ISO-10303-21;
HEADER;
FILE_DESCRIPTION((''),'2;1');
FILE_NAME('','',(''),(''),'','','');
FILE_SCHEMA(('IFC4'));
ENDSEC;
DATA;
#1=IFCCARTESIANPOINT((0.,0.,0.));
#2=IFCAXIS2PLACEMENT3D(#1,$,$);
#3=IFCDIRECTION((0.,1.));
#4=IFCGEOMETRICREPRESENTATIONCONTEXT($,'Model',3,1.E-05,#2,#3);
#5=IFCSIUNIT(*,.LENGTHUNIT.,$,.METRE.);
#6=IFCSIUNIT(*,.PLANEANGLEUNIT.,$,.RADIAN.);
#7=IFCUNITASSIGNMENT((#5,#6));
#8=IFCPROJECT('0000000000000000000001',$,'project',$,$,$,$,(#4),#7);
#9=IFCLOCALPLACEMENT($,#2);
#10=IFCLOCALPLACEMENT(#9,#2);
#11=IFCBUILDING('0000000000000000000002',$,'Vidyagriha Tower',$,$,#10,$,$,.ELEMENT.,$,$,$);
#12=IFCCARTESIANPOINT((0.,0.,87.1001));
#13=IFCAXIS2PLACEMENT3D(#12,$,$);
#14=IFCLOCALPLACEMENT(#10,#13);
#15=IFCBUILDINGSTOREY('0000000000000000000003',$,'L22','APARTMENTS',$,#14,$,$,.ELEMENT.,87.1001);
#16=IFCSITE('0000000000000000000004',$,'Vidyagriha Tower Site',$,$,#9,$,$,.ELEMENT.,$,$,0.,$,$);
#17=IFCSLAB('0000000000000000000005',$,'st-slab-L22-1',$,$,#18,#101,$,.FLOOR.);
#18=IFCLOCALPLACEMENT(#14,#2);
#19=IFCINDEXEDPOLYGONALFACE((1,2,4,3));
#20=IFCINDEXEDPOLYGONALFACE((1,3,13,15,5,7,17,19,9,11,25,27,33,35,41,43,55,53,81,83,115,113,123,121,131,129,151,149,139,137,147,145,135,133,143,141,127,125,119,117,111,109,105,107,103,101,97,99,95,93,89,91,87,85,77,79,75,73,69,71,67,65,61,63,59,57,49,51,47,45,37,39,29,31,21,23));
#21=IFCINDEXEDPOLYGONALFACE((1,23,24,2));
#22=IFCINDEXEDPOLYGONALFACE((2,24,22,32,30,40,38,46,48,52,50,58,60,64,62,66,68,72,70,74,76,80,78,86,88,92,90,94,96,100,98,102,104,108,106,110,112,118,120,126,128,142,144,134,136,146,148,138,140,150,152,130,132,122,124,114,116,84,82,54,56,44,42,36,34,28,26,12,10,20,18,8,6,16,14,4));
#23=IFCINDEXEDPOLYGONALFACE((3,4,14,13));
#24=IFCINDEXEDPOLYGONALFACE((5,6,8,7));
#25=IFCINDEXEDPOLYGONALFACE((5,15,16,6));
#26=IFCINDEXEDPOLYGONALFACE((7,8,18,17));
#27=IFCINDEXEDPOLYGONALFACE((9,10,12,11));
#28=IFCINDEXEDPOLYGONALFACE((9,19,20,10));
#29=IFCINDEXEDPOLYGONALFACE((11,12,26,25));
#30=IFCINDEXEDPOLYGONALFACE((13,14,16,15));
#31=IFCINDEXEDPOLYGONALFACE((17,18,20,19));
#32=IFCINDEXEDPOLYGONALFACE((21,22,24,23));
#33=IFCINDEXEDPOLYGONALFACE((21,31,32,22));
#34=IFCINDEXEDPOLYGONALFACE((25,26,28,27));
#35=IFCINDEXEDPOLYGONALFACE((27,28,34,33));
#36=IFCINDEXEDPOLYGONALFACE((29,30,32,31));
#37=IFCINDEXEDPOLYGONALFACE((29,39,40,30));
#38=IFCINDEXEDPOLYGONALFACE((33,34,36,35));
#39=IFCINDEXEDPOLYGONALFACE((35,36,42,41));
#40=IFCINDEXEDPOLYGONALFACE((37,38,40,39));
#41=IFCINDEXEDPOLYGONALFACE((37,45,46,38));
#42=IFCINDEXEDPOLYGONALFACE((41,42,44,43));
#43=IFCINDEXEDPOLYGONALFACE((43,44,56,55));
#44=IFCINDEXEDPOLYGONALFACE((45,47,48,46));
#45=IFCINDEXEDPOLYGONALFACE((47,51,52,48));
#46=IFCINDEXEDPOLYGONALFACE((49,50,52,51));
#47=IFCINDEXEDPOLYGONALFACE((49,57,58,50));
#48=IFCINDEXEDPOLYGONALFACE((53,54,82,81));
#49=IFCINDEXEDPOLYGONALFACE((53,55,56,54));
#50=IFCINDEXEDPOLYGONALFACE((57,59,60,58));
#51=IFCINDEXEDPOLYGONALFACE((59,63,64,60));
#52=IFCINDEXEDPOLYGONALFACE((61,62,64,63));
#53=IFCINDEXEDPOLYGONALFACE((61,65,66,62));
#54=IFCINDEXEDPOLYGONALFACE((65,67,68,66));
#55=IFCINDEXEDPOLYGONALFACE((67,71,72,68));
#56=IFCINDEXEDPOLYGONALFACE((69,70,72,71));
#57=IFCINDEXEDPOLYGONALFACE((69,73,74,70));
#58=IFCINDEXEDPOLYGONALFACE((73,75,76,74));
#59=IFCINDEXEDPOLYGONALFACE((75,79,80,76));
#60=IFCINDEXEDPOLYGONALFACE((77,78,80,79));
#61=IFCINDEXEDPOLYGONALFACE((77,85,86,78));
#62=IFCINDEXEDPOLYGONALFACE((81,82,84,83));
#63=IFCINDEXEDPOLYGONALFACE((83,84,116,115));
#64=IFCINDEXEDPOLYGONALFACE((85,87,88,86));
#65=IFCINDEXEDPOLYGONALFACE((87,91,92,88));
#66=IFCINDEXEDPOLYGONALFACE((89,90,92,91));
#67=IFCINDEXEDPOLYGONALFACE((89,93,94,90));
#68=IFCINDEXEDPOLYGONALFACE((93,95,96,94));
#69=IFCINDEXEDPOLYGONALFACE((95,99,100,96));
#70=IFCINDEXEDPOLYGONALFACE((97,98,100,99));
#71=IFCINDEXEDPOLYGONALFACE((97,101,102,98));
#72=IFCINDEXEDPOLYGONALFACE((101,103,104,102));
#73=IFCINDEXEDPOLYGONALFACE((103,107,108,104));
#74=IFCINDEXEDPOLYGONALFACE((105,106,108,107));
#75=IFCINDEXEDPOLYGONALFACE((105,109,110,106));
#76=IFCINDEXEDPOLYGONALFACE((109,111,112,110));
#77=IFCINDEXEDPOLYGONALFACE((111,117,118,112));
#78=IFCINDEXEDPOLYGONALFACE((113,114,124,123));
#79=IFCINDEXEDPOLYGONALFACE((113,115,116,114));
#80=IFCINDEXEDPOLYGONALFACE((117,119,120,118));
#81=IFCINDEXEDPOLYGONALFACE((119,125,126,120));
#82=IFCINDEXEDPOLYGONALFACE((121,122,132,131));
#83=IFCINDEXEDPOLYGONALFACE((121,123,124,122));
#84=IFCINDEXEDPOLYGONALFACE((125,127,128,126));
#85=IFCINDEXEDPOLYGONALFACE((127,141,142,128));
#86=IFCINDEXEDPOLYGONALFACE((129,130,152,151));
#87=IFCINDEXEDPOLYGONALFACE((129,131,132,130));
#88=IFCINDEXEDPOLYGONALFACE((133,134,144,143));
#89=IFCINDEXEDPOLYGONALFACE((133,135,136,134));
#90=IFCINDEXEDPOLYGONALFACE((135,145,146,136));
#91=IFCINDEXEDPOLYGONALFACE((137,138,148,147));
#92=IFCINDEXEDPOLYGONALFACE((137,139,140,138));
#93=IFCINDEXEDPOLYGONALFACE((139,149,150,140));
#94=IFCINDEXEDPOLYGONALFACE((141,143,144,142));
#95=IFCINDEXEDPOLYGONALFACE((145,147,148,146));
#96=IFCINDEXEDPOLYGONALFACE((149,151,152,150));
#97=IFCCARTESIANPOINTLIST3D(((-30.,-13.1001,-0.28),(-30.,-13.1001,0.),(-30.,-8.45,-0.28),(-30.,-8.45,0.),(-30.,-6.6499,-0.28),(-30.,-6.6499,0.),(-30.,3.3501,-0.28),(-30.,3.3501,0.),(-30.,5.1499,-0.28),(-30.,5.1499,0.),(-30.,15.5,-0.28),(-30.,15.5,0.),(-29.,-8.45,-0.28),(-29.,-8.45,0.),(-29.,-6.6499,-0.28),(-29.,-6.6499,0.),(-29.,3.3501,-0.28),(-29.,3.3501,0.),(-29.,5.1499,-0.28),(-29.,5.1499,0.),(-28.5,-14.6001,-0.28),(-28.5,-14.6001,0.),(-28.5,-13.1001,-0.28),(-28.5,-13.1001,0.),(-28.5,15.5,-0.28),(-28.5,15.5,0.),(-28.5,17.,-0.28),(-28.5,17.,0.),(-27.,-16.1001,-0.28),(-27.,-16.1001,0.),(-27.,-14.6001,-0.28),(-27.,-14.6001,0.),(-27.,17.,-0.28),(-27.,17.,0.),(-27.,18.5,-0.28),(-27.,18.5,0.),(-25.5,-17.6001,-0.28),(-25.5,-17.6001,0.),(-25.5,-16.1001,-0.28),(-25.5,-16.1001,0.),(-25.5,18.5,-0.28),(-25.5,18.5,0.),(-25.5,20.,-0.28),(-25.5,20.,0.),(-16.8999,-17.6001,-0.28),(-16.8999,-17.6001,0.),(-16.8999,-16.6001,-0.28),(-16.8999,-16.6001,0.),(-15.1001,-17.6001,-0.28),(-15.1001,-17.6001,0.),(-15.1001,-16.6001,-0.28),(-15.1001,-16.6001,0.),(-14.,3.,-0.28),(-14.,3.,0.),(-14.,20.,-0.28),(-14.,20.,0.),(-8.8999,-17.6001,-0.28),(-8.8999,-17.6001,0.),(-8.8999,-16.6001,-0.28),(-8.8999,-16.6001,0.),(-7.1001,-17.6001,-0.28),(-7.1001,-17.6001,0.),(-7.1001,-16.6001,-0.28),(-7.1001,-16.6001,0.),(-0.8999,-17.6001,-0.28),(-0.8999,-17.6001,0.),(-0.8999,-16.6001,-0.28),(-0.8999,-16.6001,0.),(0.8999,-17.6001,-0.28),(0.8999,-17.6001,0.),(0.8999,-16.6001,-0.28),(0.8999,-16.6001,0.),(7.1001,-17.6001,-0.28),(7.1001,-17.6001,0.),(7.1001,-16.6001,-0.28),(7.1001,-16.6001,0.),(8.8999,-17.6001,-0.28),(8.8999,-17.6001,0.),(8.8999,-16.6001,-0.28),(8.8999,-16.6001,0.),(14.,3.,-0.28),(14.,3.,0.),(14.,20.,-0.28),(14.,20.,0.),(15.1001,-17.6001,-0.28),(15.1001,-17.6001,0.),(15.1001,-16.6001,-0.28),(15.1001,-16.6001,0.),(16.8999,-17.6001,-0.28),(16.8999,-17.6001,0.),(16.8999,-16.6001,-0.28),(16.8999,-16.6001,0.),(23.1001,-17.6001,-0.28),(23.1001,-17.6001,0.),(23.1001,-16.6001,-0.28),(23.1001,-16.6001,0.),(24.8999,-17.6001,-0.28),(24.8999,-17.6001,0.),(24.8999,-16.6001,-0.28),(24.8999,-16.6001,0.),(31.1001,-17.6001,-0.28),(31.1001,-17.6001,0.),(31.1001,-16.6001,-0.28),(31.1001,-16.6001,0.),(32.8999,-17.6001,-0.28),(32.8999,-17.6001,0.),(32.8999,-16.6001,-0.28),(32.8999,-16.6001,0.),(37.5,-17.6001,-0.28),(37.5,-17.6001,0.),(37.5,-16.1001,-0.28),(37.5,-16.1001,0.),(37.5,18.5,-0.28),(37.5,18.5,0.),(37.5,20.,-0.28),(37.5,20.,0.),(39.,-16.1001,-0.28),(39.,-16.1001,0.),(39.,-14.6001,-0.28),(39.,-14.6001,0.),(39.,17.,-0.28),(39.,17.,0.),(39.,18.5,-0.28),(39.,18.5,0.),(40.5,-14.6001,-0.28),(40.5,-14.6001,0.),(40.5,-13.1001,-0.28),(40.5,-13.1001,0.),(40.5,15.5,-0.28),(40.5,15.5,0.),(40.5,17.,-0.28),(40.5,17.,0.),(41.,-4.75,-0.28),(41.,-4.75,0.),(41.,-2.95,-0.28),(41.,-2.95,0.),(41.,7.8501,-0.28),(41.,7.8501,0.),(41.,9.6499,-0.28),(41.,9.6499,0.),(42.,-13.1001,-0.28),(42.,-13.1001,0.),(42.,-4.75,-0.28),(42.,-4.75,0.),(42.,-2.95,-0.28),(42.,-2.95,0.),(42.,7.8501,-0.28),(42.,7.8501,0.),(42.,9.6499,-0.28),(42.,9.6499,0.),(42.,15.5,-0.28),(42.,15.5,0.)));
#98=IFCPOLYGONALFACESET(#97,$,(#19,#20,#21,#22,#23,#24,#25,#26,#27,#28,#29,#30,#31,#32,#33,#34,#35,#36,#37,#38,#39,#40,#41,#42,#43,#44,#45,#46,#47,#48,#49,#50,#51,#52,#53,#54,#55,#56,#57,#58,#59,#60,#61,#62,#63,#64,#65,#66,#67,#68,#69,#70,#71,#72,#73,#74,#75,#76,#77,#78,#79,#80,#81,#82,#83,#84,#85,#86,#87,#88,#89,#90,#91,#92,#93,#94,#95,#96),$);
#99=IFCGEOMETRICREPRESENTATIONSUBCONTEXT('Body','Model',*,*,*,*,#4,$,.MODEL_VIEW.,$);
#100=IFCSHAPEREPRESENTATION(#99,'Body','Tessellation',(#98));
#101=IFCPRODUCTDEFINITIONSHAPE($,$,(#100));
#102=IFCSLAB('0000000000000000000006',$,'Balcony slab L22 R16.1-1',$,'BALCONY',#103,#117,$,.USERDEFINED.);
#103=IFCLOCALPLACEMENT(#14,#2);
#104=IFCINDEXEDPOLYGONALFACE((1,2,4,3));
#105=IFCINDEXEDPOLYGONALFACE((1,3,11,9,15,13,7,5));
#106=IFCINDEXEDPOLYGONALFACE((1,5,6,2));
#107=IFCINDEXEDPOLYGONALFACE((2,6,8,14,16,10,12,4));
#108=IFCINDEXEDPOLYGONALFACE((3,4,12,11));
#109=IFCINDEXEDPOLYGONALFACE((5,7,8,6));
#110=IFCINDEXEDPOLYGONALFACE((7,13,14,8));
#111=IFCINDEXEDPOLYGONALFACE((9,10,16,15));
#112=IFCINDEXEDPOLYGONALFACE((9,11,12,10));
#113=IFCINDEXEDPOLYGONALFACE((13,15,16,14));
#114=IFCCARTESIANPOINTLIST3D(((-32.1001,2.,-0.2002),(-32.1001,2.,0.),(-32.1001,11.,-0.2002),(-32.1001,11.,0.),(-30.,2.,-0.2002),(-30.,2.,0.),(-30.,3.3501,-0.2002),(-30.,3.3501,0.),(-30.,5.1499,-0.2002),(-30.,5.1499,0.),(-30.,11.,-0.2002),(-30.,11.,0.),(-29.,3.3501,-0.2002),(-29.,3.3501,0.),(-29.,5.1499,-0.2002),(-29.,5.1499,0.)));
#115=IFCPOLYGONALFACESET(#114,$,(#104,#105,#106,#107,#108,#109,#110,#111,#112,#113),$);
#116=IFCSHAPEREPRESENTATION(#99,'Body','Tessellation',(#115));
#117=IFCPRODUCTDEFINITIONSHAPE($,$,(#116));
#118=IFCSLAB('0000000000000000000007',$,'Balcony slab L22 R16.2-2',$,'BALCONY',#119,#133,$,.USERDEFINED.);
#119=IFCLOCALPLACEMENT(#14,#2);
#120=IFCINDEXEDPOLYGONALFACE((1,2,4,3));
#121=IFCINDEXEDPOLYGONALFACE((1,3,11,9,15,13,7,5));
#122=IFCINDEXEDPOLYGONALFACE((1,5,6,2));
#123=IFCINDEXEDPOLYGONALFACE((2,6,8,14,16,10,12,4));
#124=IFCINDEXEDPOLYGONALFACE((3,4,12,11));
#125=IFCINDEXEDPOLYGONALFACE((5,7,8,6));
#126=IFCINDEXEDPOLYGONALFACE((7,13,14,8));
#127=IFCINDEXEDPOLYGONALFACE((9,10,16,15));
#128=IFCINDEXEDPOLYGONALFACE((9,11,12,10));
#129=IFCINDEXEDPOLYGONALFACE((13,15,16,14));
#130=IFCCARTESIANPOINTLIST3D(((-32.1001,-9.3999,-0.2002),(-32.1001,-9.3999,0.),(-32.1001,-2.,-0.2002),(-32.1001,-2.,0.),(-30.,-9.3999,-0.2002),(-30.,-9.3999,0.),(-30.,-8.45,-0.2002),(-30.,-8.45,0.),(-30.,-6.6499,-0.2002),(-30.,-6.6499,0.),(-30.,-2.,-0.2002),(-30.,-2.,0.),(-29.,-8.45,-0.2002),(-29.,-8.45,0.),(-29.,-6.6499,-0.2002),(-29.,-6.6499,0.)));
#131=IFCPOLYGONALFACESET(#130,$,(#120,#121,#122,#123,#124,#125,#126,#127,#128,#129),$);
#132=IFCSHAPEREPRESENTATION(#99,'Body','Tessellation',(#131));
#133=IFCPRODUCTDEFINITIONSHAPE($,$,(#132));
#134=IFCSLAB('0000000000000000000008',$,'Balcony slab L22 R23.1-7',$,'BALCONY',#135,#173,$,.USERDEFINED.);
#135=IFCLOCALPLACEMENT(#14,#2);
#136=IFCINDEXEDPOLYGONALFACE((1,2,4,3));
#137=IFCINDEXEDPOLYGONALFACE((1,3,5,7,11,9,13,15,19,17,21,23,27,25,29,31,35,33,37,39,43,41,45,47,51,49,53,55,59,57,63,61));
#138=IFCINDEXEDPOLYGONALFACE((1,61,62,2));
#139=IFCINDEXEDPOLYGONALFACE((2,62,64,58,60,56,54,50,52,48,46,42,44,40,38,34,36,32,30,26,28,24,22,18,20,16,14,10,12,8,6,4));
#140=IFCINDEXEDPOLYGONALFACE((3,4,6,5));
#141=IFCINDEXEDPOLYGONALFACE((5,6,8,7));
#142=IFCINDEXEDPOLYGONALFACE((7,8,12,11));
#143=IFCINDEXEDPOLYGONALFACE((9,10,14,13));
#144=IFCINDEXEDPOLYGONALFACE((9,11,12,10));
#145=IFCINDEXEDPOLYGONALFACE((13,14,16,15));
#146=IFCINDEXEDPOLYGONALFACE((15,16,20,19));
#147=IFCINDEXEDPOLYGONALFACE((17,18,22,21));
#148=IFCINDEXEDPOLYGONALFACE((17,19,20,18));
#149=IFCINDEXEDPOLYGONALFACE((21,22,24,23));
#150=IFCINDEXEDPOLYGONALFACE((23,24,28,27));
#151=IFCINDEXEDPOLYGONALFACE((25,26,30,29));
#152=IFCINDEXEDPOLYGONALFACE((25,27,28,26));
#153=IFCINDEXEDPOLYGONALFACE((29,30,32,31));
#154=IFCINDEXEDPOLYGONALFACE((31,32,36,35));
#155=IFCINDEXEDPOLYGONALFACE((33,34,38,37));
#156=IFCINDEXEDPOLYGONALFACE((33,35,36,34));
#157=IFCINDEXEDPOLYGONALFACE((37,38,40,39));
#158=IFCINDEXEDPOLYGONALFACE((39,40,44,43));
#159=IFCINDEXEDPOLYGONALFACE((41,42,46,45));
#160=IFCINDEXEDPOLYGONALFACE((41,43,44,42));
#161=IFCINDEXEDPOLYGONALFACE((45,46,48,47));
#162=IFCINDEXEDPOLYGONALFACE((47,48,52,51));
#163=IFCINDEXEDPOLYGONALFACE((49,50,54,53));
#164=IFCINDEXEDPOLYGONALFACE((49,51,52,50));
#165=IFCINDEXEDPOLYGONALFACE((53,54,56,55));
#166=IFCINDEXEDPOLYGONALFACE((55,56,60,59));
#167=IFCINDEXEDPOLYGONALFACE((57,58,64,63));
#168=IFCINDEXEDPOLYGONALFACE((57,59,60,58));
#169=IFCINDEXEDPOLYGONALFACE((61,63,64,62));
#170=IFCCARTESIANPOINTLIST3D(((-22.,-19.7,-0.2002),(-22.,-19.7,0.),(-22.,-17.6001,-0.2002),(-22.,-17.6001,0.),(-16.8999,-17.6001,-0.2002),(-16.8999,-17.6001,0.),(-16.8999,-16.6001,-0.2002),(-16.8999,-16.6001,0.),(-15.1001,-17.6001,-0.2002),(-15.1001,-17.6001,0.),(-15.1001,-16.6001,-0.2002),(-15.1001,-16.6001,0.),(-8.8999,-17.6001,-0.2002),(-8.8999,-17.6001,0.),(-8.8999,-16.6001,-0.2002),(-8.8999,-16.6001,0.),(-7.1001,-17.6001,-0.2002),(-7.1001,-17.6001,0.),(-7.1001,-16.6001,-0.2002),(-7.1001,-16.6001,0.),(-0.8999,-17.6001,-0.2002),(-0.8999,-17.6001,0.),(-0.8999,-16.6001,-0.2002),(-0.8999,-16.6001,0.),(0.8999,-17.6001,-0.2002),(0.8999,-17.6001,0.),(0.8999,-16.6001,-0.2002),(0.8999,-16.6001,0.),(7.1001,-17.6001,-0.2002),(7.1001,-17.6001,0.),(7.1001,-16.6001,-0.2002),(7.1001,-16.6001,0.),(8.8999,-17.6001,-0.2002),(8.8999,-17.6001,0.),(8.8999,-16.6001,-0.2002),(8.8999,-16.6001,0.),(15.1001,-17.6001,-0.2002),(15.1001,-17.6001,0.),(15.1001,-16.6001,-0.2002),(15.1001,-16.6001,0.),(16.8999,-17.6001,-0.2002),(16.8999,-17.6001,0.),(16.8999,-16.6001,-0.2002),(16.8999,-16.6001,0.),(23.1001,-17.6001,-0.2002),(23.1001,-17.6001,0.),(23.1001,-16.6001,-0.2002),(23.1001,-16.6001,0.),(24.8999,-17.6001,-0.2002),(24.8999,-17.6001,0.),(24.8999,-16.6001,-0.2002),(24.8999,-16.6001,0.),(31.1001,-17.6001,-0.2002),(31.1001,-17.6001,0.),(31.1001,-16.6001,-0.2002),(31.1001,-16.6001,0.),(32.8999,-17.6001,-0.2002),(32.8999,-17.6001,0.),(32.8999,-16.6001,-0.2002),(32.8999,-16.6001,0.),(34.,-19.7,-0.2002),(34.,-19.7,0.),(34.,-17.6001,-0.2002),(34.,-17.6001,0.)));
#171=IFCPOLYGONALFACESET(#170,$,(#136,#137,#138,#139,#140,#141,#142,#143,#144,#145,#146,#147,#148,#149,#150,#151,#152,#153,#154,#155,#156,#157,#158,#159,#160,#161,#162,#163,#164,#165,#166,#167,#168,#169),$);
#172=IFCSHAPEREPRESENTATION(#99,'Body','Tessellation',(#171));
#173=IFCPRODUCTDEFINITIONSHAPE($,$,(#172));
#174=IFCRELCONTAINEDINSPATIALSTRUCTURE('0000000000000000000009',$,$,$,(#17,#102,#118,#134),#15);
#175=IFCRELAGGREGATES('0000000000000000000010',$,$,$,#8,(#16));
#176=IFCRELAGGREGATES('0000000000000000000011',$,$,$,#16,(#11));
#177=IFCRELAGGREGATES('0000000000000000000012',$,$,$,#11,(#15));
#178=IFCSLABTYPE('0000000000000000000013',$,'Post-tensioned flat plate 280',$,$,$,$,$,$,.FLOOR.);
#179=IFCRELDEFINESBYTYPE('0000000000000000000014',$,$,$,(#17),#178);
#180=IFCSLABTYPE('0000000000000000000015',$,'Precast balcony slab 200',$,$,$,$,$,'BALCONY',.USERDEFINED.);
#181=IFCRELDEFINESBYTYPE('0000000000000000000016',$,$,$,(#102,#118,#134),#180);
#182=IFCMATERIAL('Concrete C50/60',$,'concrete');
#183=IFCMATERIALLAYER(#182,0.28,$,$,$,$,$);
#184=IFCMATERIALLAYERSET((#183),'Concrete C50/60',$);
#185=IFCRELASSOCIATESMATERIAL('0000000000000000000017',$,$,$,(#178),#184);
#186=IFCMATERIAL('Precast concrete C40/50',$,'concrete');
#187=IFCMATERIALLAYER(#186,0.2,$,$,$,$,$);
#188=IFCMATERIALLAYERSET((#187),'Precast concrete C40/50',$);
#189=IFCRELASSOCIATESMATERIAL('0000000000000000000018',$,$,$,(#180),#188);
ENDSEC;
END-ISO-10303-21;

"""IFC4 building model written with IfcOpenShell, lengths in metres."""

from ifc_helpers import new_model, si_unit, direction, frame, origin, place, context, subcontext, project, spatial, polyline, outline, extrude, material, layer, layer_set, type_object, element, save


model = new_model("IFC4")

# Units and contexts
model_context = context("Model", 3, precision=1e-05, world=origin(), true_north=direction((0.0, 1.0)))
body_context = subcontext(model_context, "Body", "Model", "MODEL_VIEW")
ifc_project = project(units=[si_unit("LENGTHUNIT", "METRE"), si_unit("PLANEANGLEUNIT", "RADIAN")], contexts=[model_context])

# Site, building, storey
site_placement = place(None, origin())
site = spatial("IfcSite", under=ifc_project, at=site_placement, Name="Vidyagriha Tower Site", CompositionType="ELEMENT", RefElevation=0.0)
building_placement = place(site_placement, origin())
building = spatial("IfcBuilding", under=site, at=building_placement, Name="Vidyagriha Tower", CompositionType="ELEMENT")
storey_placement = place(building_placement, frame((0.0, 0.0, 87.1001)))
storey = spatial("IfcBuildingStorey", under=building, at=storey_placement, Name="L22", Description="APARTMENTS", CompositionType="ELEMENT", Elevation=87.1001)

# Slabs
ifc_material_1 = material(Name="Concrete C50/60", Category="concrete")
ifc_layer_1 = layer(ifc_material_1, 0.28)
ifc_layer_set_1 = layer_set([ifc_layer_1], Name="Concrete C50/60")
slab_type_1 = type_object("IfcSlabType", Name="Post-tensioned flat plate 280", PredefinedType="FLOOR", material=ifc_layer_set_1)
slab_1_placement = place(storey_placement, frame((0.0, 0.0, -0.28)))
element("IfcSlab", 1, at=slab_1_placement, inside=storey, type_object=slab_type_1, Name="st-slab-L22-1", PredefinedType="FLOOR", context=body_context, shape_type="SweptSolid", body=[
    extrude(outline(polyline([(40.5, -14.6001), (39.0, -14.6001), (39.0, -16.1001), (37.5, -16.1001), (37.5, -17.6001), (32.8999, -17.6001), (32.8999, -16.6001), (31.1001, -16.6001), (31.1001, -17.6001), (24.8999, -17.6001), (24.8999, -16.6001), (23.1001, -16.6001), (23.1001, -17.6001), (16.8999, -17.6001), (16.8999, -16.6001), (15.1001, -16.6001), (15.1001, -17.6001), (8.8999, -17.6001), (8.8999, -16.6001), (7.1001, -16.6001), (7.1001, -17.6001), (0.8999, -17.6001), (0.8999, -16.6001), (-0.8999, -16.6001), (-0.8999, -17.6001), (-7.1001, -17.6001), (-7.1001, -16.6001), (-8.8999, -16.6001), (-8.8999, -17.6001), (-15.1001, -17.6001), (-15.1001, -16.6001), (-16.8999, -16.6001), (-16.8999, -17.6001), (-25.5, -17.6001), (-25.5, -16.1001), (-27.0, -16.1001), (-27.0, -14.6001), (-28.5, -14.6001), (-28.5, -13.1001), (-30.0, -13.1001), (-30.0, -8.45), (-29.0, -8.45), (-29.0, -6.6499), (-30.0, -6.6499), (-30.0, 3.3501), (-29.0, 3.3501), (-29.0, 5.1499), (-30.0, 5.1499), (-30.0, 15.5), (-28.5, 15.5), (-28.5, 17.0), (-27.0, 17.0), (-27.0, 18.5), (-25.5, 18.5), (-25.5, 20.0), (-14.0, 20.0), (-14.0, 3.0), (14.0, 3.0), (14.0, 20.0), (37.5, 20.0), (37.5, 18.5), (39.0, 18.5), (39.0, 17.0), (40.5, 17.0), (40.5, 15.5), (42.0, 15.5), (42.0, 9.6499), (41.0, 9.6499), (41.0, 7.8501), (42.0, 7.8501), (42.0, -2.95), (41.0, -2.95), (41.0, -4.75), (42.0, -4.75), (42.0, -13.1001), (40.5, -13.1001), (40.5, -14.6001)])), origin(), (0.0, 0.0, 1.0), 0.28),
])
ifc_material_2 = material(Name="Precast concrete C40/50", Category="concrete")
ifc_layer_2 = layer(ifc_material_2, 0.2)
ifc_layer_set_2 = layer_set([ifc_layer_2], Name="Precast concrete C40/50")
slab_type_2 = type_object("IfcSlabType", Name="Precast balcony slab 200", ElementType="BALCONY", PredefinedType="USERDEFINED", material=ifc_layer_set_2)
slab_2_placement = place(storey_placement, frame((0.0, 0.0, -0.2002)))
element("IfcSlab", 2, at=slab_2_placement, inside=storey, type_object=slab_type_2, Name="Balcony slab L22 R16.1-1", ObjectType="BALCONY", PredefinedType="USERDEFINED", context=body_context, shape_type="SweptSolid", body=[
    extrude(outline(polyline([(-29.0, 3.3501), (-29.0, 5.1499), (-30.0, 5.1499), (-30.0, 11.0), (-32.1001, 11.0), (-32.1001, 2.0), (-30.0, 2.0), (-30.0, 3.3501), (-29.0, 3.3501)])), origin(), (0.0, 0.0, 1.0), 0.2002),
])
slab_3_placement = place(storey_placement, frame((0.0, 0.0, -0.2002)))
element("IfcSlab", 3, at=slab_3_placement, inside=storey, type_object=slab_type_2, Name="Balcony slab L22 R16.2-2", ObjectType="BALCONY", PredefinedType="USERDEFINED", context=body_context, shape_type="SweptSolid", body=[
    extrude(outline(polyline([(-29.0, -8.45), (-29.0, -6.6499), (-30.0, -6.6499), (-30.0, -2.0), (-32.1001, -2.0), (-32.1001, -9.3999), (-30.0, -9.3999), (-30.0, -8.45), (-29.0, -8.45)])), origin(), (0.0, 0.0, 1.0), 0.2002),
])
slab_4_placement = place(storey_placement, frame((0.0, 0.0, -0.2002)))
element("IfcSlab", 4, at=slab_4_placement, inside=storey, type_object=slab_type_2, Name="Balcony slab L22 R23.1-7", ObjectType="BALCONY", PredefinedType="USERDEFINED", context=body_context, shape_type="SweptSolid", body=[
    extrude(outline(polyline([(-15.1001, -16.6001), (-16.8999, -16.6001), (-16.8999, -17.6001), (-22.0, -17.6001), (-22.0, -19.7), (34.0, -19.7), (34.0, -17.6001), (32.8999, -17.6001), (32.8999, -16.6001), (31.1001, -16.6001), (31.1001, -17.6001), (24.8999, -17.6001), (24.8999, -16.6001), (23.1001, -16.6001), (23.1001, -17.6001), (16.8999, -17.6001), (16.8999, -16.6001), (15.1001, -16.6001), (15.1001, -17.6001), (8.8999, -17.6001), (8.8999, -16.6001), (7.1001, -16.6001), (7.1001, -17.6001), (0.8999, -17.6001), (0.8999, -16.6001), (-0.8999, -16.6001), (-0.8999, -17.6001), (-7.1001, -17.6001), (-7.1001, -16.6001), (-8.8999, -16.6001), (-8.8999, -17.6001), (-15.1001, -17.6001), (-15.1001, -16.6001)])), origin(), (0.0, 0.0, 1.0), 0.2002),
])

save(model, "model.ifc")
